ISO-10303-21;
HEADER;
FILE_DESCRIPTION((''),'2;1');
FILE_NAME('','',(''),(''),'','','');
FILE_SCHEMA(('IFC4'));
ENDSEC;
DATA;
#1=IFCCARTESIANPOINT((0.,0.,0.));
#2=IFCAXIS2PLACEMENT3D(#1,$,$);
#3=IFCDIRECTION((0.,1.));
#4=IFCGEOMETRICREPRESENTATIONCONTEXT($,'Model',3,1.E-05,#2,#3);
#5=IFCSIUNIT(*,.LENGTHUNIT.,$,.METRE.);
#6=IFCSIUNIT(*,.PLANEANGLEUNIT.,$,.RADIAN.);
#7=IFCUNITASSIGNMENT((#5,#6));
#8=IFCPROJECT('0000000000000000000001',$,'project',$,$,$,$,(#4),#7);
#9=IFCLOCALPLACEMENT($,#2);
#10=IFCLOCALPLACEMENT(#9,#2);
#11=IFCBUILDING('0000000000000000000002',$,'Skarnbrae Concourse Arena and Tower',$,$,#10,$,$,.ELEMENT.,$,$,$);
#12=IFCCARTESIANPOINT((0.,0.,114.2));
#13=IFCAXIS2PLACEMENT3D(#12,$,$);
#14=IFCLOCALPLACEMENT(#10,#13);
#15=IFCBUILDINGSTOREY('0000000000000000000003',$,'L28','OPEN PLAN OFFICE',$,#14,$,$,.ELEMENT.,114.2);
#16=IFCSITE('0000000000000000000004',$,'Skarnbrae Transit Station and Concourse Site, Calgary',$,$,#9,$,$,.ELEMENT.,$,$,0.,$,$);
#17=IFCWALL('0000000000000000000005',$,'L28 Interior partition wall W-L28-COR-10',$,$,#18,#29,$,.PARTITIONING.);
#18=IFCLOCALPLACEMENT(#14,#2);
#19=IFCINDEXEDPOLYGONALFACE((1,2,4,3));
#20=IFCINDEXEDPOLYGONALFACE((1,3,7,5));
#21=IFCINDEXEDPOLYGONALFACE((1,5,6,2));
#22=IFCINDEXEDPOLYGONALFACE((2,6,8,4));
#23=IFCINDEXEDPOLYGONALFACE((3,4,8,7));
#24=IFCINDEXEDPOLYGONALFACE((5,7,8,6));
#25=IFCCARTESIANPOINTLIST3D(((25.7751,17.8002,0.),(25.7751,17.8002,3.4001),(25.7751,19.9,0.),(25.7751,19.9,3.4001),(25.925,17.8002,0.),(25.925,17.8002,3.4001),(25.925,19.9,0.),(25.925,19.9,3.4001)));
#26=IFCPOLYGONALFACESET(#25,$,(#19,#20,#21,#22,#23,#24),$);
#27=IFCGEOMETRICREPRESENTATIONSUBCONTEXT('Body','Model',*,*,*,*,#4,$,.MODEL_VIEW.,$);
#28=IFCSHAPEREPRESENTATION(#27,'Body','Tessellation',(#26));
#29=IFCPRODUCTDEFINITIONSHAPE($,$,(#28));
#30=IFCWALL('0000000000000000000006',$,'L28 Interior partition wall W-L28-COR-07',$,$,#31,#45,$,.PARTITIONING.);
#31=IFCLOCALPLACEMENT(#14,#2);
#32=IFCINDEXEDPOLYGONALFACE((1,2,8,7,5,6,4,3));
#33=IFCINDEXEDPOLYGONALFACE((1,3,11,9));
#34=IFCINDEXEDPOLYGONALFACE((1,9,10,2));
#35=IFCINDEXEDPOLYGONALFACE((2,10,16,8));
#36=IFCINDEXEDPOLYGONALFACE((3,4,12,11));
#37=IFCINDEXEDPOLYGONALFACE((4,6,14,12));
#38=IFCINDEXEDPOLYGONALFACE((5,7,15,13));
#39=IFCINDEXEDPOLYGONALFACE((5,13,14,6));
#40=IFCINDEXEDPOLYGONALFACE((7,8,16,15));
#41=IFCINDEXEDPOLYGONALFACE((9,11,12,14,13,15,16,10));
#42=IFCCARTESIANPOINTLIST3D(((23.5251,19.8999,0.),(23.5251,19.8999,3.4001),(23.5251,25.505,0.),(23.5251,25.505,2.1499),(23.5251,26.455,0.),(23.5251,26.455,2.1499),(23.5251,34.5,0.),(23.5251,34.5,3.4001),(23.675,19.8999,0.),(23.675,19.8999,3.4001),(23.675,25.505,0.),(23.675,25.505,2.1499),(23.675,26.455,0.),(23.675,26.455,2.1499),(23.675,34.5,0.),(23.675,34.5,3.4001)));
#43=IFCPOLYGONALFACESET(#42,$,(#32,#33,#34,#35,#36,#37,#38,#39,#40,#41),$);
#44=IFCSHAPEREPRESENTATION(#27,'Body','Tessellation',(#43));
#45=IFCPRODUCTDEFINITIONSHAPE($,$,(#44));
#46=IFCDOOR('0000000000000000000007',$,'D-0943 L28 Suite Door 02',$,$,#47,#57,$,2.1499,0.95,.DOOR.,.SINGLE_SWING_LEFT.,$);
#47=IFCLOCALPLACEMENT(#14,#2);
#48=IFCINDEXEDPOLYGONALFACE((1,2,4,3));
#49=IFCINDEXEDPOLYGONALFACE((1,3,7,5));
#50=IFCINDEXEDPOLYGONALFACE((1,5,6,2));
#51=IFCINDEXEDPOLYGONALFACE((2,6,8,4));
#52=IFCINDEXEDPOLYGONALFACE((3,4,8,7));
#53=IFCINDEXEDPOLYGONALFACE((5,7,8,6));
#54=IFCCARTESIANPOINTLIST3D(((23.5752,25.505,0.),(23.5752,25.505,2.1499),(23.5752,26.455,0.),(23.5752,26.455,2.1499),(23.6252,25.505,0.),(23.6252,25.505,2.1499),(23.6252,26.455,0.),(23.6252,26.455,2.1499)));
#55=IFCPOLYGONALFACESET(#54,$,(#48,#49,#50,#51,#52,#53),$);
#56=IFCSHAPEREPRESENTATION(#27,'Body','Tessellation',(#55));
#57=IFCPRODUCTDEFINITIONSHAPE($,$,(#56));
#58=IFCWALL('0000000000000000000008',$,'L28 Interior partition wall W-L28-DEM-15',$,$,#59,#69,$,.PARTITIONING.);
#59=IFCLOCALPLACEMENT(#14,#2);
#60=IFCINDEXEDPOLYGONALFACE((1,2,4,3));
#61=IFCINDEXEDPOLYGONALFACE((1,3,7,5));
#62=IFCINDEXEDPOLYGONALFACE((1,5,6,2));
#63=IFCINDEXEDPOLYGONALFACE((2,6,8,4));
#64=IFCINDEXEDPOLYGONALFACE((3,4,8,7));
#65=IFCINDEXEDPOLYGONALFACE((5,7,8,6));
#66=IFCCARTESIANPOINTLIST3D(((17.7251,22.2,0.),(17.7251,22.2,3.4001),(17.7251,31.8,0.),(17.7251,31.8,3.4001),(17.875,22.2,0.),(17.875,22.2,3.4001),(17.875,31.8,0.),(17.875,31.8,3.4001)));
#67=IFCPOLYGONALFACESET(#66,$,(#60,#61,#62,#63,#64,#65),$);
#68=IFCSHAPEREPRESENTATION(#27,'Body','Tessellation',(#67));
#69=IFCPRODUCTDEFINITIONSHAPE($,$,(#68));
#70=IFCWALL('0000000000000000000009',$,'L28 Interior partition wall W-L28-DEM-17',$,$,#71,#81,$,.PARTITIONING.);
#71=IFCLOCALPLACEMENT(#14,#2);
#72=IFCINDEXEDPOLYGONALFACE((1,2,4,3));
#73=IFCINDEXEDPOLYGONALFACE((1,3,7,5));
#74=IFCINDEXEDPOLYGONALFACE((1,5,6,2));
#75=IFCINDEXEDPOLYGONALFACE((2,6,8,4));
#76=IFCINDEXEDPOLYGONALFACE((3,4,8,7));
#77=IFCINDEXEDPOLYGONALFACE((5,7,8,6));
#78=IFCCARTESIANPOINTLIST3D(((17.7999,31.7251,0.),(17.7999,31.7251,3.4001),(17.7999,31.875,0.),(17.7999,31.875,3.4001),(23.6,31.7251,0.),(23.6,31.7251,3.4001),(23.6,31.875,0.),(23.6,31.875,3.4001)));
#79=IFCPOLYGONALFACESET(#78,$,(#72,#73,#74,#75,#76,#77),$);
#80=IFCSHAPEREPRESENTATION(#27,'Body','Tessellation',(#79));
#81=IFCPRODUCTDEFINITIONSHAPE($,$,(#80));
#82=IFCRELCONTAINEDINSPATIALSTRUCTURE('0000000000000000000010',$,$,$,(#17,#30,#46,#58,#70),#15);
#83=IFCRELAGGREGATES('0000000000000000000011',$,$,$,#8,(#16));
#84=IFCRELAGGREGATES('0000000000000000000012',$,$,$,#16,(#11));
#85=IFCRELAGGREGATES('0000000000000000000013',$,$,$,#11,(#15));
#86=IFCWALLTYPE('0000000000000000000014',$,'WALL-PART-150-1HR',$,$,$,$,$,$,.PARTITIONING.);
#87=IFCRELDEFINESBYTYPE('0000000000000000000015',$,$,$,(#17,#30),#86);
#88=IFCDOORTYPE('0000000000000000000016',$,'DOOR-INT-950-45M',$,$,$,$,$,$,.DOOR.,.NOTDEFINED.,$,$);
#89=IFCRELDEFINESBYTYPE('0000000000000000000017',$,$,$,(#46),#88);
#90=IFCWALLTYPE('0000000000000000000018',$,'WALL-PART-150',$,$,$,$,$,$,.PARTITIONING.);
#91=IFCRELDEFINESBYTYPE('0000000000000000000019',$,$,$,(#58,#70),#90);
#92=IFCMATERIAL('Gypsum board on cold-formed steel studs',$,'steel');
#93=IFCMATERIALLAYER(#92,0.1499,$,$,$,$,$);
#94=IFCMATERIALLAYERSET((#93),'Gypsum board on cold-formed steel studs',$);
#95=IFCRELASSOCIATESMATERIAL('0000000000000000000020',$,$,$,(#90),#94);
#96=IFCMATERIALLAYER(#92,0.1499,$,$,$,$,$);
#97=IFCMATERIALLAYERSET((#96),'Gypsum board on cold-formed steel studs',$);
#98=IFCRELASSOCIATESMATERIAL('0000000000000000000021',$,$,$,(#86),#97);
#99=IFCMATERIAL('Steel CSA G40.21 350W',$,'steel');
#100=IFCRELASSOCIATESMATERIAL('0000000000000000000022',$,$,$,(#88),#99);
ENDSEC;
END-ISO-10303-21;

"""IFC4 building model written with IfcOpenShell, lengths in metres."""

from ifc_helpers import new_model, si_unit, direction, frame, frame_2d, origin, place, context, subcontext, project, spatial, rectangle, extrude, source, transform, mapped, material, layer, layer_set, type_object, element, fill, save


model = new_model("IFC4")

# Units and contexts
model_context = context("Model", 3, precision=1e-05, world=origin(), true_north=direction((0.0, 1.0)))
body_context = subcontext(model_context, "Body", "Model", "MODEL_VIEW")
ifc_project = project(units=[si_unit("LENGTHUNIT", "METRE"), si_unit("PLANEANGLEUNIT", "RADIAN")], contexts=[model_context])

# Site, building, storey
site_placement = place(None, origin())
site = spatial("IfcSite", under=ifc_project, at=site_placement, Name="Skarnbrae Transit Station and Concourse Site, Calgary", CompositionType="ELEMENT", RefElevation=0.0)
building_placement = place(site_placement, origin())
building = spatial("IfcBuilding", under=site, at=building_placement, Name="Skarnbrae Concourse Arena and Tower", CompositionType="ELEMENT")
storey_placement = place(building_placement, frame((0.0, 0.0, 114.2)))
storey = spatial("IfcBuildingStorey", under=building, at=storey_placement, Name="L28", Description="OPEN PLAN OFFICE", CompositionType="ELEMENT", Elevation=114.2)

# Shared definitions
ifc_material_1 = material(Name="Steel CSA G40.21 350W", Category="steel")

# Wall
ifc_material_2 = material(Name="Gypsum board on cold-formed steel studs", Category="steel")
ifc_layer_1 = layer(ifc_material_2, 0.1499)
ifc_layer_set_1 = layer_set([ifc_layer_1], Name="Gypsum board on cold-formed steel studs")
wall_type_1 = type_object("IfcWallType", Name="WALL-PART-150", PredefinedType="PARTITIONING", material=ifc_layer_set_1)
ifc_layer_2 = layer(ifc_material_2, 0.1499)
ifc_layer_set_2 = layer_set([ifc_layer_2], Name="Gypsum board on cold-formed steel studs")
wall_type_2 = type_object("IfcWallType", Name="WALL-PART-150-1HR", PredefinedType="PARTITIONING", material=ifc_layer_set_2)
shared_shape_1 = source(origin(), body_context, "Body", "SweptSolid", [
    extrude(rectangle(XDim=2.0999, YDim=0.1499, at=frame_2d((1.0498, 0.0))), origin(), (0.0, 0.0, 1.0), 3.4001),
])
wall_1_placement = place(storey_placement, frame((25.8501, 19.8999, 0.0), z_axis=(0.0, 0.0, 1.0), x_axis=(0.0, -1.0, 0.0)))
element("IfcWall", 1, at=wall_1_placement, inside=storey, type_object=wall_type_2, Name="L28 Interior partition wall W-L28-COR-10", PredefinedType="PARTITIONING", context=body_context, shape_type="MappedRepresentation", body=[
    mapped(shared_shape_1, transform((0.0, 0.0, 0.0))),
])

# Wall, opening, door
shared_shape_2 = source(origin(), body_context, "Body", "SweptSolid", [
    extrude(rectangle(XDim=14.6001, YDim=0.1499, at=frame_2d((7.3, 0.0))), origin(), (0.0, 0.0, 1.0), 3.4001),
])
wall_2_placement = place(storey_placement, frame((23.6001, 19.8999, 0.0), z_axis=(0.0, 0.0, 1.0), x_axis=(0.0, 1.0, 0.0)))
wall_2 = element("IfcWall", 2, at=wall_2_placement, inside=storey, type_object=wall_type_2, Name="L28 Interior partition wall W-L28-COR-07", PredefinedType="PARTITIONING", context=body_context, shape_type="MappedRepresentation", body=[
    mapped(shared_shape_2, transform((0.0, 0.0, 0.0))),
])
opening_placement = place(wall_2_placement, frame((5.605, 0.0, 0.0)))
opening = element("IfcOpeningElement", 3, at=opening_placement, cuts=wall_2, PredefinedType="OPENING", context=body_context, shape_type="SweptSolid", body=[
    extrude(rectangle(XDim=0.95, YDim=2.1499, at=frame_2d((0.4751, 1.075))), frame((0.0, 0.085, 0.0), z_axis=(0.0, -1.0, 0.0), x_axis=(1.0, 0.0, 0.0)), (0.0, 0.0, 1.0), 0.1699),
])
door_type = type_object("IfcDoorType", Name="DOOR-INT-950-45M", OperationType="NOTDEFINED", PredefinedType="DOOR", material=ifc_material_1)
shared_shape_3 = source(origin(), body_context, "Body", "SweptSolid", [
    extrude(rectangle(XDim=0.95, YDim=2.1499, at=frame_2d((0.4751, 1.075))), frame((0.0, 0.0249, 0.0), z_axis=(0.0, -1.0, 0.0), x_axis=(1.0, 0.0, 0.0)), (0.0, 0.0, 1.0), 0.05),
])
door_placement = place(opening_placement, origin())
door = element("IfcDoor", 4, at=door_placement, inside=storey, type_object=door_type, Name="D-0943 L28 Suite Door 02", OperationType="SINGLE_SWING_LEFT", OverallHeight=2.1499, OverallWidth=0.95, PredefinedType="DOOR", context=body_context, shape_type="MappedRepresentation", body=[
    mapped(shared_shape_3, transform((0.0, 0.0, 0.0))),
])
fill(opening, door)

# Walls
shared_shape_4 = source(origin(), body_context, "Body", "SweptSolid", [
    extrude(rectangle(XDim=9.6001, YDim=0.1499, at=frame_2d((4.8, 0.0))), origin(), (0.0, 0.0, 1.0), 3.4001),
])
wall_3_placement = place(storey_placement, frame((17.8, 31.8, 0.0), z_axis=(0.0, 0.0, 1.0), x_axis=(0.0, -1.0, 0.0)))
element("IfcWall", 5, at=wall_3_placement, inside=storey, type_object=wall_type_1, Name="L28 Interior partition wall W-L28-DEM-15", PredefinedType="PARTITIONING", context=body_context, shape_type="MappedRepresentation", body=[
    mapped(shared_shape_4, transform((0.0, 0.0, 0.0))),
])
shared_shape_5 = source(origin(), body_context, "Body", "SweptSolid", [
    extrude(rectangle(XDim=5.8, YDim=0.1499, at=frame_2d((2.8999, 0.0))), origin(), (0.0, 0.0, 1.0), 3.4001),
])
wall_4_placement = place(storey_placement, frame((17.8, 31.8, 0.0), z_axis=(0.0, 0.0, 1.0), x_axis=(1.0, 0.0, 0.0)))
element("IfcWall", 6, at=wall_4_placement, inside=storey, type_object=wall_type_1, Name="L28 Interior partition wall W-L28-DEM-17", PredefinedType="PARTITIONING", context=body_context, shape_type="MappedRepresentation", body=[
    mapped(shared_shape_5, transform((0.0, 0.0, 0.0))),
])

save(model, "model.ifc")
